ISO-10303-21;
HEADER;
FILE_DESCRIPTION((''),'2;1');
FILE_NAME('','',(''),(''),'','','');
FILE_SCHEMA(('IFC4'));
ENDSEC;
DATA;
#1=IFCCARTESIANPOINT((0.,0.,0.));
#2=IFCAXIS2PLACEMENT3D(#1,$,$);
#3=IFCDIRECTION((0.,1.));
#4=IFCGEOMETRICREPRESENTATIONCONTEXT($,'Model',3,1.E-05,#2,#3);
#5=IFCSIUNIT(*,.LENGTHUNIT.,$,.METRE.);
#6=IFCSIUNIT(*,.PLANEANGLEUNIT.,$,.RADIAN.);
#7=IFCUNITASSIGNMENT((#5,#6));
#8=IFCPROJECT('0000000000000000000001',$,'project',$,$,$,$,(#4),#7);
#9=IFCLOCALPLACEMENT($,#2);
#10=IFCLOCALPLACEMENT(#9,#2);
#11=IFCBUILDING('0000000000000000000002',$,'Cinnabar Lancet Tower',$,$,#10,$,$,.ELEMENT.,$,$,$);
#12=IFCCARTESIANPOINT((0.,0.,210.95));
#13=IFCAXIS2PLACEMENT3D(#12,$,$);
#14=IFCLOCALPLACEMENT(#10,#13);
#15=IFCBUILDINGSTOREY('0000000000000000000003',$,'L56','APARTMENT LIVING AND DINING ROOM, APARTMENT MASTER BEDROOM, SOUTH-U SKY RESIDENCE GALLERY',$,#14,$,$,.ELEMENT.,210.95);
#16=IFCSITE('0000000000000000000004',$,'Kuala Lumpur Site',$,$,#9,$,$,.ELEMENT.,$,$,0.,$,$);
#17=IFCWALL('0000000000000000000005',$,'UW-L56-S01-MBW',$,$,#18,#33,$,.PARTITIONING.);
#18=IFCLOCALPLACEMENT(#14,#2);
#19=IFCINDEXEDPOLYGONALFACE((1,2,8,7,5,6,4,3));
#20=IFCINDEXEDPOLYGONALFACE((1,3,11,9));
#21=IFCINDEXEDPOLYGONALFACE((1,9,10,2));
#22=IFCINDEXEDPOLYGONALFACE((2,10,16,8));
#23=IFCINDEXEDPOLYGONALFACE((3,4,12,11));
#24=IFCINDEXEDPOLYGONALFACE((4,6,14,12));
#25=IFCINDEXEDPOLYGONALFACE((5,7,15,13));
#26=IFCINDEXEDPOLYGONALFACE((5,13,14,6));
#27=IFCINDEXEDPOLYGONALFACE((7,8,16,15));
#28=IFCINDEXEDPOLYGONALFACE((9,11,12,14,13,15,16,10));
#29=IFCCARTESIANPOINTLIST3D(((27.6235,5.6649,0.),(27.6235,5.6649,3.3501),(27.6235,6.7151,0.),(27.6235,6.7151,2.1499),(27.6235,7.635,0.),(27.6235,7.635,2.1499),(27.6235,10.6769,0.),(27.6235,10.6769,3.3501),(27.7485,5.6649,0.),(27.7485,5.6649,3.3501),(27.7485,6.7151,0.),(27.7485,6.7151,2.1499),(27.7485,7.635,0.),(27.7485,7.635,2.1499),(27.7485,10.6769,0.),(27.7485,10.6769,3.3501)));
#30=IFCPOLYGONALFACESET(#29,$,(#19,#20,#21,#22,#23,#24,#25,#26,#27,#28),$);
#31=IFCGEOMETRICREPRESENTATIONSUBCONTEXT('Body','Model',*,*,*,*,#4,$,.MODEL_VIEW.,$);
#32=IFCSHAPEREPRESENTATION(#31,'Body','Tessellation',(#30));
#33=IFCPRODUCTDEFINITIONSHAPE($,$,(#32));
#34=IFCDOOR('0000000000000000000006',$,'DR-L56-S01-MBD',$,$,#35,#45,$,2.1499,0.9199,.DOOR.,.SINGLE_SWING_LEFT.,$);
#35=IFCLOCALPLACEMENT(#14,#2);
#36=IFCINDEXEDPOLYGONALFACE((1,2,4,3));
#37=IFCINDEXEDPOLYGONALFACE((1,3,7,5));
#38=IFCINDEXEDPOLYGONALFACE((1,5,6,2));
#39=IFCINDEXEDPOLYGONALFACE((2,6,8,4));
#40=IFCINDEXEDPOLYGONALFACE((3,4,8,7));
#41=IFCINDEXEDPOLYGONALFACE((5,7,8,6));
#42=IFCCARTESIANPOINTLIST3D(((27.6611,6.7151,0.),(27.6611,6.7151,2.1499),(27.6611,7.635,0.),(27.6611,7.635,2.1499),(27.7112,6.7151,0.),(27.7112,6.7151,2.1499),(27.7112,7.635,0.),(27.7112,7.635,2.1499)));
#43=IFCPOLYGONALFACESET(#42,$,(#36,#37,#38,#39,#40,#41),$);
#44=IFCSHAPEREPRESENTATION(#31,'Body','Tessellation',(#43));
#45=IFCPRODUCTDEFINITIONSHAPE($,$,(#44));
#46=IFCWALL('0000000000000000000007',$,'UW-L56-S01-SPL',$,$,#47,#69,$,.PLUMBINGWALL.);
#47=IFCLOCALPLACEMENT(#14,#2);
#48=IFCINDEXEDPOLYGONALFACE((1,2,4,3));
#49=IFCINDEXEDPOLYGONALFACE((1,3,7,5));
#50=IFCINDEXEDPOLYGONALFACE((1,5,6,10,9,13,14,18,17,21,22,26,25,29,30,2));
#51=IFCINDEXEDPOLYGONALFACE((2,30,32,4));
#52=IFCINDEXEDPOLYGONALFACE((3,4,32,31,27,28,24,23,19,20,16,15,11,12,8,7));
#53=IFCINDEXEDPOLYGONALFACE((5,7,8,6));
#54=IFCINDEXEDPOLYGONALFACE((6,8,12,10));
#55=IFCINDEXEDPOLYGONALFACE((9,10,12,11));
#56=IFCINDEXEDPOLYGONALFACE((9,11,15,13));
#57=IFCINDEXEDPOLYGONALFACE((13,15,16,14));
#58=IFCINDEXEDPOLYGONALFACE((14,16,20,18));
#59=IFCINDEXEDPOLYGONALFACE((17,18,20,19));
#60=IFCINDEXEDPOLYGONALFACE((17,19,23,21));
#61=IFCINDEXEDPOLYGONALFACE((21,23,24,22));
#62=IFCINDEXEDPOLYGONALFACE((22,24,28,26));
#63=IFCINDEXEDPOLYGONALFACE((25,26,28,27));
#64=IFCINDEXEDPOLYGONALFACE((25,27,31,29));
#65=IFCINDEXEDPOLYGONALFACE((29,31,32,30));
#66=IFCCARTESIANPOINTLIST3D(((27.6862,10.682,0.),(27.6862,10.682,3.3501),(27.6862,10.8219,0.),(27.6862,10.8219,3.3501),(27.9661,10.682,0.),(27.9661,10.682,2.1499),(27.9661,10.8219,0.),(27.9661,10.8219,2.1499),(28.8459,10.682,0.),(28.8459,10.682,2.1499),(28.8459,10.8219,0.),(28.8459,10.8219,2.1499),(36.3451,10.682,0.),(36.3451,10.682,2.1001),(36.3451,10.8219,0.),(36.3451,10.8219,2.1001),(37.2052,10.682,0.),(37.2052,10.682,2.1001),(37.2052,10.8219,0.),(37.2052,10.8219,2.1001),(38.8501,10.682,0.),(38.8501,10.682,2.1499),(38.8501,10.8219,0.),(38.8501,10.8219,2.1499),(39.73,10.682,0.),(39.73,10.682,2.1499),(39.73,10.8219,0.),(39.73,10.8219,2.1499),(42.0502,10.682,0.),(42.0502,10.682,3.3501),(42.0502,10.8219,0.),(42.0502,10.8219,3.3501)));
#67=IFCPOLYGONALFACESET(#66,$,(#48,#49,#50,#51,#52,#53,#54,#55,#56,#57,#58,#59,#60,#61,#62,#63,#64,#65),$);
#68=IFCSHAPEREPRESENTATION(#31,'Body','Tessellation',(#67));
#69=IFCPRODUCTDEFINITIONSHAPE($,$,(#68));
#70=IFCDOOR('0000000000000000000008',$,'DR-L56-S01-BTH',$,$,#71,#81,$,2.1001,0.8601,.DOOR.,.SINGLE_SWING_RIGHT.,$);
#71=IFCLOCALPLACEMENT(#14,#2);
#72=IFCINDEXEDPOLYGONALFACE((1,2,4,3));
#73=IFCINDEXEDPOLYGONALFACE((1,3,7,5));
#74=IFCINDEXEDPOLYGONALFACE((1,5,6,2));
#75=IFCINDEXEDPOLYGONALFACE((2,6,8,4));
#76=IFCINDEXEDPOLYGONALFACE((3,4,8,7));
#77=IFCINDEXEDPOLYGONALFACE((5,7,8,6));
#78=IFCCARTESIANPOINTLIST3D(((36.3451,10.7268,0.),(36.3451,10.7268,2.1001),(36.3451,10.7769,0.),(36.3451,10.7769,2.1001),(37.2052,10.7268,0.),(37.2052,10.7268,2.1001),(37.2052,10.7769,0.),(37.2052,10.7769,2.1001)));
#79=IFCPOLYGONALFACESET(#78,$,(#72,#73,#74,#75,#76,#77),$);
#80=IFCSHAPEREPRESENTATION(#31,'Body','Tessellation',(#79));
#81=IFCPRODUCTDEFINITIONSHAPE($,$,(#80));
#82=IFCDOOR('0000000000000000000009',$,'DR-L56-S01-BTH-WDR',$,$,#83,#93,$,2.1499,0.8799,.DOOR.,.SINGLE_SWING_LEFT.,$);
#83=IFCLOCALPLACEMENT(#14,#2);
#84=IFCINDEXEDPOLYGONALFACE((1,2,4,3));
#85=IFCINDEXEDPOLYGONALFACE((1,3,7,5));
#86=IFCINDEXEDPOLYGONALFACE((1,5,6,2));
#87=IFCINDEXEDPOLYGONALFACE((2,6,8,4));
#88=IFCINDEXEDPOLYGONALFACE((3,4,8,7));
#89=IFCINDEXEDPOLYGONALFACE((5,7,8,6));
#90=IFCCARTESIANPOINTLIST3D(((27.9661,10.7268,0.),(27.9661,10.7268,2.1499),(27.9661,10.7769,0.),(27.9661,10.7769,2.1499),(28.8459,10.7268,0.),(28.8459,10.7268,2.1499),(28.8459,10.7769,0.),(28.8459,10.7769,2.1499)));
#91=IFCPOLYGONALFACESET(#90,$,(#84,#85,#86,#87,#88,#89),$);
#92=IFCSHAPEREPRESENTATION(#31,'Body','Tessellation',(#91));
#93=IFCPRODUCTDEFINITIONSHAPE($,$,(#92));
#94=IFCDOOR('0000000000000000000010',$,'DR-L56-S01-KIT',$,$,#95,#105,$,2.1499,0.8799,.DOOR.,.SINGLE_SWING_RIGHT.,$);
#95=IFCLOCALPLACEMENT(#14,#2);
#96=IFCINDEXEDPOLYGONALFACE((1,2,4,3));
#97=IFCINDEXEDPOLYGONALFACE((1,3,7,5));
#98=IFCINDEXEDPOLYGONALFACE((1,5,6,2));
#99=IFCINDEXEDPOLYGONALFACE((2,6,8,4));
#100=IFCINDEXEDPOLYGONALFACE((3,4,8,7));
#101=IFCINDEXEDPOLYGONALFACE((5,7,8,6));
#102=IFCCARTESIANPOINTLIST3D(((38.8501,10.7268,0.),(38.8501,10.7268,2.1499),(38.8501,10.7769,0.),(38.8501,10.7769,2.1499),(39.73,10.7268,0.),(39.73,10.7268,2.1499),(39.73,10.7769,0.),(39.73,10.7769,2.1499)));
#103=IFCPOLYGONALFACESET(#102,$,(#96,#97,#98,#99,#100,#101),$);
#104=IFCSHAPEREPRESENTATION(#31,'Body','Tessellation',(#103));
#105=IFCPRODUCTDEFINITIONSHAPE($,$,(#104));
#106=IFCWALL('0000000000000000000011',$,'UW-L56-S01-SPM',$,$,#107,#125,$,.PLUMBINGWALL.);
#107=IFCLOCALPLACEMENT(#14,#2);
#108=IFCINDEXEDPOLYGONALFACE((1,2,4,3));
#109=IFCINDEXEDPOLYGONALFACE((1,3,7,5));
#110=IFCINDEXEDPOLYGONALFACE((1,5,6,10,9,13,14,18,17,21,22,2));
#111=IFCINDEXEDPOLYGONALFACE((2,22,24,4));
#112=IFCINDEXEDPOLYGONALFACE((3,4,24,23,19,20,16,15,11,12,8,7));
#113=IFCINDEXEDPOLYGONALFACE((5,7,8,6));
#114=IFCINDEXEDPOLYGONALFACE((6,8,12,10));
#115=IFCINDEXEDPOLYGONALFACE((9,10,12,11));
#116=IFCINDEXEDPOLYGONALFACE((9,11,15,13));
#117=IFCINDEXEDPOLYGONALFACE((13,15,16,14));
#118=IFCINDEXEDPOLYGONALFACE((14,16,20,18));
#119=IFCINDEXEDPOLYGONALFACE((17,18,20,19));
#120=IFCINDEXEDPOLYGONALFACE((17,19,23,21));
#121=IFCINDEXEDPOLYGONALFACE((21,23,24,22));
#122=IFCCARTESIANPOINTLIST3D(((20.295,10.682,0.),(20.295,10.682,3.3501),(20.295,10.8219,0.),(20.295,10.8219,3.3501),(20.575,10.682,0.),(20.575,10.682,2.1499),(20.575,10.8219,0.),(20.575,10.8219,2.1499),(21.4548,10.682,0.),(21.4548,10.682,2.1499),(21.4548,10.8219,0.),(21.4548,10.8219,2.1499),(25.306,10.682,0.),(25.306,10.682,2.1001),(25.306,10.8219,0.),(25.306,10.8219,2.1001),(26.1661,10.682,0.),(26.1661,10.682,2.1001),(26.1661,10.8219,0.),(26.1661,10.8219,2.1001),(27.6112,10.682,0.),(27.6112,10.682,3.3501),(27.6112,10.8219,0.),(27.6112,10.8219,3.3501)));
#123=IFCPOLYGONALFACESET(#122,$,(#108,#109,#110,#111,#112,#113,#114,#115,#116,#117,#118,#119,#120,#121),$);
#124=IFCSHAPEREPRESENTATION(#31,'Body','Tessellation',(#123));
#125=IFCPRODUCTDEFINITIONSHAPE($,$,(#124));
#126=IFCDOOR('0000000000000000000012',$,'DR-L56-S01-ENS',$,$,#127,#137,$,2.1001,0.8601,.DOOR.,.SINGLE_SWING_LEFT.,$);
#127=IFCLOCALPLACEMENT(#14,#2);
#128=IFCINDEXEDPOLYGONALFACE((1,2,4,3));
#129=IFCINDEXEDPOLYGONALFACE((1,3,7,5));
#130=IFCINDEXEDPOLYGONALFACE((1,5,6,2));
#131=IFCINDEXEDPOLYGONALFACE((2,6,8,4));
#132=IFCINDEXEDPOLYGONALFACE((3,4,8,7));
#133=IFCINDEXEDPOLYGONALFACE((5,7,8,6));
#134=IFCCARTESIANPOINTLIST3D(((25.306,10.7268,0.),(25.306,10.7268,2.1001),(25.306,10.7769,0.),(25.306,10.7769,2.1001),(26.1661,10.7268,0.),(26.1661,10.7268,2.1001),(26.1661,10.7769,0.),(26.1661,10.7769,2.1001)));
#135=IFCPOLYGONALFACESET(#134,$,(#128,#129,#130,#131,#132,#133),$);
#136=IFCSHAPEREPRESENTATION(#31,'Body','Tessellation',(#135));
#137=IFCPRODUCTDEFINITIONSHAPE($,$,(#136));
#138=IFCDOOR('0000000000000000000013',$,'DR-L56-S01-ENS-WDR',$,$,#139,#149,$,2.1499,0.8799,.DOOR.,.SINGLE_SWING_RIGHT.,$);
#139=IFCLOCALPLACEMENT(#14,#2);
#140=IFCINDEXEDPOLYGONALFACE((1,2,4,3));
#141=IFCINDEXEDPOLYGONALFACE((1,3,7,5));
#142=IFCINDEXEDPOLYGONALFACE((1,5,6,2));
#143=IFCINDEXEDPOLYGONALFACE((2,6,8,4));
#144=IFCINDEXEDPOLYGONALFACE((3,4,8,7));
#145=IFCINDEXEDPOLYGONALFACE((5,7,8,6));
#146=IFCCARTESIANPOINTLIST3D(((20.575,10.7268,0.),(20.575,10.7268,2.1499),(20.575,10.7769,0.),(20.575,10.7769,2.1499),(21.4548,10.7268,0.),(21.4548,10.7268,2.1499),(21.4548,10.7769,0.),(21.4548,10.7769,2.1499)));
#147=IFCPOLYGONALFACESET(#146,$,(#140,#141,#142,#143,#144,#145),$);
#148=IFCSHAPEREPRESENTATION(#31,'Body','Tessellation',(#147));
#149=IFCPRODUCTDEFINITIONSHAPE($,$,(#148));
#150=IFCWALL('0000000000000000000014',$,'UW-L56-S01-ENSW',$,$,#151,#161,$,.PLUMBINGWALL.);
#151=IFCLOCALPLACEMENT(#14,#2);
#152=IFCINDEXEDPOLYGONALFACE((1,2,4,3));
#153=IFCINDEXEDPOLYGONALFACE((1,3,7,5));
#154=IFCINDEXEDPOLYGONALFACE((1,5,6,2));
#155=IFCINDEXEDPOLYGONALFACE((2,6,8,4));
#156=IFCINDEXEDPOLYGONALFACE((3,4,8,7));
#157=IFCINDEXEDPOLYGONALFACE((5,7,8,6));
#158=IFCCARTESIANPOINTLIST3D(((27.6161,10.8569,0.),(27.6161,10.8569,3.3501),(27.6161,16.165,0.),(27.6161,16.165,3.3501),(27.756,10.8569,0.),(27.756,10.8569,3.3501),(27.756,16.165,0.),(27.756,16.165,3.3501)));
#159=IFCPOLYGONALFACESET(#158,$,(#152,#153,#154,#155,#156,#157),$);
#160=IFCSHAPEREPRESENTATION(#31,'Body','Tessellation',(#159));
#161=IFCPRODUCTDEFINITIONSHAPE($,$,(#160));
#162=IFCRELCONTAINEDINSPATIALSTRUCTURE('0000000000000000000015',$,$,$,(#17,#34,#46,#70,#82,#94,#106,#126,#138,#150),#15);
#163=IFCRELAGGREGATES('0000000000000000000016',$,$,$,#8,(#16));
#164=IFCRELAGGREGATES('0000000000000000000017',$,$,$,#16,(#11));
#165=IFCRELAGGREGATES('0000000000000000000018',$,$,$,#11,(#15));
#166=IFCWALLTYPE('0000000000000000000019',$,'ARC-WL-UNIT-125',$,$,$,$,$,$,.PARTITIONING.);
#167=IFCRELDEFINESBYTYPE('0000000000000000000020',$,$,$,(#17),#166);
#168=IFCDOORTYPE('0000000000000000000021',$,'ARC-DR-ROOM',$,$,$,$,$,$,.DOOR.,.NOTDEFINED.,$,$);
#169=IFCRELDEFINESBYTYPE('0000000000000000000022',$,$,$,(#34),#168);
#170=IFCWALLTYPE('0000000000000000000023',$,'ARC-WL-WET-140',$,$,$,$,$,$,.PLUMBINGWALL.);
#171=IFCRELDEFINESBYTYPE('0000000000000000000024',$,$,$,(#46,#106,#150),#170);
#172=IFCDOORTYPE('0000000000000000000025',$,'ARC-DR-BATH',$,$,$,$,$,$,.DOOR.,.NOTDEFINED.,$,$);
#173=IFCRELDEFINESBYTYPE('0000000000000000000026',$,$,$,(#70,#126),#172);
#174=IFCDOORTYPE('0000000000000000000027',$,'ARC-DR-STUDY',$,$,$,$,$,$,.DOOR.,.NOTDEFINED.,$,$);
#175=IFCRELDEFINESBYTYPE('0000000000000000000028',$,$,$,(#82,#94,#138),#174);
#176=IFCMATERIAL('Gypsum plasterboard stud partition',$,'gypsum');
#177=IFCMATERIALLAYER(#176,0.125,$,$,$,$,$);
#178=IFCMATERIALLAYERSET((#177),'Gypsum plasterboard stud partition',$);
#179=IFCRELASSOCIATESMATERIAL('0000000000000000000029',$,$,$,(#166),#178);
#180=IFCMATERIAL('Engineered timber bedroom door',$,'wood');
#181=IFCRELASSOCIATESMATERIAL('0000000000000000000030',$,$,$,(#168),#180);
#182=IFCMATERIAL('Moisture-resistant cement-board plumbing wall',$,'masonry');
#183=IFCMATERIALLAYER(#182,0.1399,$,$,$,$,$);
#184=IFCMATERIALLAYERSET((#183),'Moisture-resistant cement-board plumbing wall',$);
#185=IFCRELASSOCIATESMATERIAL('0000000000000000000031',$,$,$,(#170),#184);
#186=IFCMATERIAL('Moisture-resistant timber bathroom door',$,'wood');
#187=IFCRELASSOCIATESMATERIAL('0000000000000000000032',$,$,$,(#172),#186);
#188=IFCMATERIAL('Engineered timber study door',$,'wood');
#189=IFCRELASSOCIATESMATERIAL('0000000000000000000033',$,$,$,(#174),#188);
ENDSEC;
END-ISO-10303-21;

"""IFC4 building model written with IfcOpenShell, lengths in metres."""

from ifc_helpers import new_model, si_unit, direction, frame, frame_2d, origin, place, context, subcontext, project, spatial, rectangle, extrude, material, layer, layer_set, type_object, element, fill, save


model = new_model("IFC4")

# Units and contexts
model_context = context("Model", 3, precision=1e-05, world=origin(), true_north=direction((0.0, 1.0)))
body_context = subcontext(model_context, "Body", "Model", "MODEL_VIEW")
ifc_project = project(units=[si_unit("LENGTHUNIT", "METRE"), si_unit("PLANEANGLEUNIT", "RADIAN")], contexts=[model_context])

# Site, building, storey
site_placement = place(None, origin())
site = spatial("IfcSite", under=ifc_project, at=site_placement, Name="Kuala Lumpur Site", CompositionType="ELEMENT", RefElevation=0.0)
building_placement = place(site_placement, origin())
building = spatial("IfcBuilding", under=site, at=building_placement, Name="Cinnabar Lancet Tower", CompositionType="ELEMENT")
storey_placement = place(building_placement, frame((0.0, 0.0, 210.95)))
storey = spatial("IfcBuildingStorey", under=building, at=storey_placement, Name="L56", Description="APARTMENT LIVING AND DINING ROOM, APARTMENT MASTER BEDROOM, SOUTH-U SKY RESIDENCE GALLERY", CompositionType="ELEMENT", Elevation=210.95)

# Wall, opening, door
ifc_material_1 = material(Name="Gypsum plasterboard stud partition", Category="gypsum")
ifc_layer_1 = layer(ifc_material_1, 0.125)
ifc_layer_set_1 = layer_set([ifc_layer_1], Name="Gypsum plasterboard stud partition")
wall_type_1 = type_object("IfcWallType", Name="ARC-WL-UNIT-125", PredefinedType="PARTITIONING", material=ifc_layer_set_1)
wall_1_placement = place(storey_placement, frame((27.686, 5.665, 0.0), z_axis=(0.0, 0.0, 1.0), x_axis=(0.0, 1.0, 0.0)))
wall_1 = element("IfcWall", 1, at=wall_1_placement, inside=storey, type_object=wall_type_1, Name="UW-L56-S01-MBW", PredefinedType="PARTITIONING", context=body_context, shape_type="SweptSolid", body=[
    extrude(rectangle(XDim=5.012, YDim=0.125, at=frame_2d((2.5059, 0.0))), origin(), (0.0, 0.0, 1.0), 3.3501),
])
opening_1_placement = place(wall_1_placement, frame((1.05, 0.0, 0.0)))
opening_1 = element("IfcOpeningElement", 2, at=opening_1_placement, cuts=wall_1, PredefinedType="OPENING", context=body_context, shape_type="SweptSolid", body=[
    extrude(rectangle(XDim=0.9199, YDim=2.1499, at=frame_2d((0.46, 1.075))), frame((0.0, 0.0725, 0.0), z_axis=(0.0, -1.0, 0.0), x_axis=(1.0, 0.0, 0.0)), (0.0, 0.0, 1.0), 0.145),
])
ifc_material_2 = material(Name="Engineered timber bedroom door", Category="wood")
door_type_1 = type_object("IfcDoorType", Name="ARC-DR-ROOM", OperationType="NOTDEFINED", PredefinedType="DOOR", material=ifc_material_2)
door_1_placement = place(opening_1_placement, origin())
door_1 = element("IfcDoor", 3, at=door_1_placement, inside=storey, type_object=door_type_1, Name="DR-L56-S01-MBD", OperationType="SINGLE_SWING_LEFT", OverallHeight=2.1499, OverallWidth=0.9199, PredefinedType="DOOR", context=body_context, shape_type="SweptSolid", body=[
    extrude(rectangle(XDim=0.9199, YDim=2.1499, at=frame_2d((0.46, 1.075))), frame((0.0, 0.0249, 0.0), z_axis=(0.0, -1.0, 0.0), x_axis=(1.0, 0.0, 0.0)), (0.0, 0.0, 1.0), 0.05),
])
fill(opening_1, door_1)

# Walls, openings, doors
ifc_material_3 = material(Name="Moisture-resistant cement-board plumbing wall", Category="masonry")
ifc_layer_2 = layer(ifc_material_3, 0.1399)
ifc_layer_set_2 = layer_set([ifc_layer_2], Name="Moisture-resistant cement-board plumbing wall")
wall_type_2 = type_object("IfcWallType", Name="ARC-WL-WET-140", PredefinedType="PLUMBINGWALL", material=ifc_layer_set_2)
wall_2_placement = place(storey_placement, frame((27.686, 10.752, 0.0), z_axis=(0.0, 0.0, 1.0), x_axis=(1.0, 0.0, 0.0)))
wall_2 = element("IfcWall", 4, at=wall_2_placement, inside=storey, type_object=wall_type_2, Name="UW-L56-S01-SPL", PredefinedType="PLUMBINGWALL", context=body_context, shape_type="SweptSolid", body=[
    extrude(rectangle(XDim=14.364, YDim=0.1399, at=frame_2d((7.1821, 0.0))), origin(), (0.0, 0.0, 1.0), 3.3501),
])
opening_2_placement = place(wall_2_placement, frame((0.28, 0.0, 0.0)))
opening_2 = element("IfcOpeningElement", 5, at=opening_2_placement, cuts=wall_2, PredefinedType="OPENING", context=body_context, shape_type="SweptSolid", body=[
    extrude(rectangle(XDim=0.8799, YDim=2.1499, at=frame_2d((0.4399, 1.075))), frame((0.0, 0.0798, 0.0), z_axis=(0.0, -1.0, 0.0), x_axis=(1.0, 0.0, 0.0)), (0.0, 0.0, 1.0), 0.1599),
])
opening_3_placement = place(wall_2_placement, frame((8.6589, 0.0, 0.0)))
opening_3 = element("IfcOpeningElement", 6, at=opening_3_placement, cuts=wall_2, PredefinedType="OPENING", context=body_context, shape_type="SweptSolid", body=[
    extrude(rectangle(XDim=0.8601, YDim=2.1001, at=frame_2d((0.4302, 1.05))), frame((0.0, 0.0798, 0.0), z_axis=(0.0, -1.0, 0.0), x_axis=(1.0, 0.0, 0.0)), (0.0, 0.0, 1.0), 0.1599),
])
opening_4_placement = place(wall_2_placement, frame((11.1641, 0.0, 0.0)))
opening_4 = element("IfcOpeningElement", 7, at=opening_4_placement, cuts=wall_2, PredefinedType="OPENING", context=body_context, shape_type="SweptSolid", body=[
    extrude(rectangle(XDim=0.8799, YDim=2.1499, at=frame_2d((0.4399, 1.075))), frame((0.0, 0.0798, 0.0), z_axis=(0.0, -1.0, 0.0), x_axis=(1.0, 0.0, 0.0)), (0.0, 0.0, 1.0), 0.1599),
])
ifc_material_4 = material(Name="Moisture-resistant timber bathroom door", Category="wood")
door_type_2 = type_object("IfcDoorType", Name="ARC-DR-BATH", OperationType="NOTDEFINED", PredefinedType="DOOR", material=ifc_material_4)
door_2_placement = place(opening_3_placement, origin())
door_2 = element("IfcDoor", 8, at=door_2_placement, inside=storey, type_object=door_type_2, Name="DR-L56-S01-BTH", OperationType="SINGLE_SWING_RIGHT", OverallHeight=2.1001, OverallWidth=0.8601, PredefinedType="DOOR", context=body_context, shape_type="SweptSolid", body=[
    extrude(rectangle(XDim=0.8601, YDim=2.1001, at=frame_2d((0.4302, 1.05))), frame((0.0, 0.0249, 0.0), z_axis=(0.0, -1.0, 0.0), x_axis=(1.0, 0.0, 0.0)), (0.0, 0.0, 1.0), 0.05),
])
fill(opening_3, door_2)
ifc_material_5 = material(Name="Engineered timber study door", Category="wood")
door_type_3 = type_object("IfcDoorType", Name="ARC-DR-STUDY", OperationType="NOTDEFINED", PredefinedType="DOOR", material=ifc_material_5)
door_3_placement = place(opening_2_placement, origin())
door_3 = element("IfcDoor", 9, at=door_3_placement, inside=storey, type_object=door_type_3, Name="DR-L56-S01-BTH-WDR", OperationType="SINGLE_SWING_LEFT", OverallHeight=2.1499, OverallWidth=0.8799, PredefinedType="DOOR", context=body_context, shape_type="SweptSolid", body=[
    extrude(rectangle(XDim=0.8799, YDim=2.1499, at=frame_2d((0.4399, 1.075))), frame((0.0, 0.0249, 0.0), z_axis=(0.0, -1.0, 0.0), x_axis=(1.0, 0.0, 0.0)), (0.0, 0.0, 1.0), 0.05),
])
fill(opening_2, door_3)
door_4_placement = place(opening_4_placement, origin())
door_4 = element("IfcDoor", 10, at=door_4_placement, inside=storey, type_object=door_type_3, Name="DR-L56-S01-KIT", OperationType="SINGLE_SWING_RIGHT", OverallHeight=2.1499, OverallWidth=0.8799, PredefinedType="DOOR", context=body_context, shape_type="SweptSolid", body=[
    extrude(rectangle(XDim=0.8799, YDim=2.1499, at=frame_2d((0.4399, 1.075))), frame((0.0, 0.0249, 0.0), z_axis=(0.0, -1.0, 0.0), x_axis=(1.0, 0.0, 0.0)), (0.0, 0.0, 1.0), 0.05),
])
fill(opening_4, door_4)
wall_3_placement = place(storey_placement, frame((20.2949, 10.752, 0.0), z_axis=(0.0, 0.0, 1.0), x_axis=(1.0, 0.0, 0.0)))
wall_3 = element("IfcWall", 11, at=wall_3_placement, inside=storey, type_object=wall_type_2, Name="UW-L56-S01-SPM", PredefinedType="PLUMBINGWALL", context=body_context, shape_type="SweptSolid", body=[
    extrude(rectangle(XDim=7.3162, YDim=0.1399, at=frame_2d((3.6582, 0.0))), origin(), (0.0, 0.0, 1.0), 3.3501),
])
opening_5_placement = place(wall_3_placement, frame((0.28, 0.0, 0.0)))
opening_5 = element("IfcOpeningElement", 12, at=opening_5_placement, cuts=wall_3, PredefinedType="OPENING", context=body_context, shape_type="SweptSolid", body=[
    extrude(rectangle(XDim=0.8799, YDim=2.1499, at=frame_2d((0.4399, 1.075))), frame((0.0, 0.0798, 0.0), z_axis=(0.0, -1.0, 0.0), x_axis=(1.0, 0.0, 0.0)), (0.0, 0.0, 1.0), 0.1599),
])
opening_6_placement = place(wall_3_placement, frame((5.011, 0.0, 0.0)))
opening_6 = element("IfcOpeningElement", 13, at=opening_6_placement, cuts=wall_3, PredefinedType="OPENING", context=body_context, shape_type="SweptSolid", body=[
    extrude(rectangle(XDim=0.8601, YDim=2.1001, at=frame_2d((0.4302, 1.05))), frame((0.0, 0.0798, 0.0), z_axis=(0.0, -1.0, 0.0), x_axis=(1.0, 0.0, 0.0)), (0.0, 0.0, 1.0), 0.1599),
])
door_5_placement = place(opening_6_placement, origin())
door_5 = element("IfcDoor", 14, at=door_5_placement, inside=storey, type_object=door_type_2, Name="DR-L56-S01-ENS", OperationType="SINGLE_SWING_LEFT", OverallHeight=2.1001, OverallWidth=0.8601, PredefinedType="DOOR", context=body_context, shape_type="SweptSolid", body=[
    extrude(rectangle(XDim=0.8601, YDim=2.1001, at=frame_2d((0.4302, 1.05))), frame((0.0, 0.0249, 0.0), z_axis=(0.0, -1.0, 0.0), x_axis=(1.0, 0.0, 0.0)), (0.0, 0.0, 1.0), 0.05),
])
fill(opening_6, door_5)
door_6_placement = place(opening_5_placement, origin())
door_6 = element("IfcDoor", 15, at=door_6_placement, inside=storey, type_object=door_type_3, Name="DR-L56-S01-ENS-WDR", OperationType="SINGLE_SWING_RIGHT", OverallHeight=2.1499, OverallWidth=0.8799, PredefinedType="DOOR", context=body_context, shape_type="SweptSolid", body=[
    extrude(rectangle(XDim=0.8799, YDim=2.1499, at=frame_2d((0.4399, 1.075))), frame((0.0, 0.0249, 0.0), z_axis=(0.0, -1.0, 0.0), x_axis=(1.0, 0.0, 0.0)), (0.0, 0.0, 1.0), 0.05),
])
fill(opening_5, door_6)

# Wall
wall_4_placement = place(storey_placement, frame((27.686, 10.8569, 0.0), z_axis=(0.0, 0.0, 1.0), x_axis=(0.0, 1.0, 0.0)))
element("IfcWall", 16, at=wall_4_placement, inside=storey, type_object=wall_type_2, Name="UW-L56-S01-ENSW", PredefinedType="PLUMBINGWALL", context=body_context, shape_type="SweptSolid", body=[
    extrude(rectangle(XDim=5.3081, YDim=0.1399, at=frame_2d((2.6541, 0.0))), origin(), (0.0, 0.0, 1.0), 3.3501),
])

save(model, "model.ifc")
